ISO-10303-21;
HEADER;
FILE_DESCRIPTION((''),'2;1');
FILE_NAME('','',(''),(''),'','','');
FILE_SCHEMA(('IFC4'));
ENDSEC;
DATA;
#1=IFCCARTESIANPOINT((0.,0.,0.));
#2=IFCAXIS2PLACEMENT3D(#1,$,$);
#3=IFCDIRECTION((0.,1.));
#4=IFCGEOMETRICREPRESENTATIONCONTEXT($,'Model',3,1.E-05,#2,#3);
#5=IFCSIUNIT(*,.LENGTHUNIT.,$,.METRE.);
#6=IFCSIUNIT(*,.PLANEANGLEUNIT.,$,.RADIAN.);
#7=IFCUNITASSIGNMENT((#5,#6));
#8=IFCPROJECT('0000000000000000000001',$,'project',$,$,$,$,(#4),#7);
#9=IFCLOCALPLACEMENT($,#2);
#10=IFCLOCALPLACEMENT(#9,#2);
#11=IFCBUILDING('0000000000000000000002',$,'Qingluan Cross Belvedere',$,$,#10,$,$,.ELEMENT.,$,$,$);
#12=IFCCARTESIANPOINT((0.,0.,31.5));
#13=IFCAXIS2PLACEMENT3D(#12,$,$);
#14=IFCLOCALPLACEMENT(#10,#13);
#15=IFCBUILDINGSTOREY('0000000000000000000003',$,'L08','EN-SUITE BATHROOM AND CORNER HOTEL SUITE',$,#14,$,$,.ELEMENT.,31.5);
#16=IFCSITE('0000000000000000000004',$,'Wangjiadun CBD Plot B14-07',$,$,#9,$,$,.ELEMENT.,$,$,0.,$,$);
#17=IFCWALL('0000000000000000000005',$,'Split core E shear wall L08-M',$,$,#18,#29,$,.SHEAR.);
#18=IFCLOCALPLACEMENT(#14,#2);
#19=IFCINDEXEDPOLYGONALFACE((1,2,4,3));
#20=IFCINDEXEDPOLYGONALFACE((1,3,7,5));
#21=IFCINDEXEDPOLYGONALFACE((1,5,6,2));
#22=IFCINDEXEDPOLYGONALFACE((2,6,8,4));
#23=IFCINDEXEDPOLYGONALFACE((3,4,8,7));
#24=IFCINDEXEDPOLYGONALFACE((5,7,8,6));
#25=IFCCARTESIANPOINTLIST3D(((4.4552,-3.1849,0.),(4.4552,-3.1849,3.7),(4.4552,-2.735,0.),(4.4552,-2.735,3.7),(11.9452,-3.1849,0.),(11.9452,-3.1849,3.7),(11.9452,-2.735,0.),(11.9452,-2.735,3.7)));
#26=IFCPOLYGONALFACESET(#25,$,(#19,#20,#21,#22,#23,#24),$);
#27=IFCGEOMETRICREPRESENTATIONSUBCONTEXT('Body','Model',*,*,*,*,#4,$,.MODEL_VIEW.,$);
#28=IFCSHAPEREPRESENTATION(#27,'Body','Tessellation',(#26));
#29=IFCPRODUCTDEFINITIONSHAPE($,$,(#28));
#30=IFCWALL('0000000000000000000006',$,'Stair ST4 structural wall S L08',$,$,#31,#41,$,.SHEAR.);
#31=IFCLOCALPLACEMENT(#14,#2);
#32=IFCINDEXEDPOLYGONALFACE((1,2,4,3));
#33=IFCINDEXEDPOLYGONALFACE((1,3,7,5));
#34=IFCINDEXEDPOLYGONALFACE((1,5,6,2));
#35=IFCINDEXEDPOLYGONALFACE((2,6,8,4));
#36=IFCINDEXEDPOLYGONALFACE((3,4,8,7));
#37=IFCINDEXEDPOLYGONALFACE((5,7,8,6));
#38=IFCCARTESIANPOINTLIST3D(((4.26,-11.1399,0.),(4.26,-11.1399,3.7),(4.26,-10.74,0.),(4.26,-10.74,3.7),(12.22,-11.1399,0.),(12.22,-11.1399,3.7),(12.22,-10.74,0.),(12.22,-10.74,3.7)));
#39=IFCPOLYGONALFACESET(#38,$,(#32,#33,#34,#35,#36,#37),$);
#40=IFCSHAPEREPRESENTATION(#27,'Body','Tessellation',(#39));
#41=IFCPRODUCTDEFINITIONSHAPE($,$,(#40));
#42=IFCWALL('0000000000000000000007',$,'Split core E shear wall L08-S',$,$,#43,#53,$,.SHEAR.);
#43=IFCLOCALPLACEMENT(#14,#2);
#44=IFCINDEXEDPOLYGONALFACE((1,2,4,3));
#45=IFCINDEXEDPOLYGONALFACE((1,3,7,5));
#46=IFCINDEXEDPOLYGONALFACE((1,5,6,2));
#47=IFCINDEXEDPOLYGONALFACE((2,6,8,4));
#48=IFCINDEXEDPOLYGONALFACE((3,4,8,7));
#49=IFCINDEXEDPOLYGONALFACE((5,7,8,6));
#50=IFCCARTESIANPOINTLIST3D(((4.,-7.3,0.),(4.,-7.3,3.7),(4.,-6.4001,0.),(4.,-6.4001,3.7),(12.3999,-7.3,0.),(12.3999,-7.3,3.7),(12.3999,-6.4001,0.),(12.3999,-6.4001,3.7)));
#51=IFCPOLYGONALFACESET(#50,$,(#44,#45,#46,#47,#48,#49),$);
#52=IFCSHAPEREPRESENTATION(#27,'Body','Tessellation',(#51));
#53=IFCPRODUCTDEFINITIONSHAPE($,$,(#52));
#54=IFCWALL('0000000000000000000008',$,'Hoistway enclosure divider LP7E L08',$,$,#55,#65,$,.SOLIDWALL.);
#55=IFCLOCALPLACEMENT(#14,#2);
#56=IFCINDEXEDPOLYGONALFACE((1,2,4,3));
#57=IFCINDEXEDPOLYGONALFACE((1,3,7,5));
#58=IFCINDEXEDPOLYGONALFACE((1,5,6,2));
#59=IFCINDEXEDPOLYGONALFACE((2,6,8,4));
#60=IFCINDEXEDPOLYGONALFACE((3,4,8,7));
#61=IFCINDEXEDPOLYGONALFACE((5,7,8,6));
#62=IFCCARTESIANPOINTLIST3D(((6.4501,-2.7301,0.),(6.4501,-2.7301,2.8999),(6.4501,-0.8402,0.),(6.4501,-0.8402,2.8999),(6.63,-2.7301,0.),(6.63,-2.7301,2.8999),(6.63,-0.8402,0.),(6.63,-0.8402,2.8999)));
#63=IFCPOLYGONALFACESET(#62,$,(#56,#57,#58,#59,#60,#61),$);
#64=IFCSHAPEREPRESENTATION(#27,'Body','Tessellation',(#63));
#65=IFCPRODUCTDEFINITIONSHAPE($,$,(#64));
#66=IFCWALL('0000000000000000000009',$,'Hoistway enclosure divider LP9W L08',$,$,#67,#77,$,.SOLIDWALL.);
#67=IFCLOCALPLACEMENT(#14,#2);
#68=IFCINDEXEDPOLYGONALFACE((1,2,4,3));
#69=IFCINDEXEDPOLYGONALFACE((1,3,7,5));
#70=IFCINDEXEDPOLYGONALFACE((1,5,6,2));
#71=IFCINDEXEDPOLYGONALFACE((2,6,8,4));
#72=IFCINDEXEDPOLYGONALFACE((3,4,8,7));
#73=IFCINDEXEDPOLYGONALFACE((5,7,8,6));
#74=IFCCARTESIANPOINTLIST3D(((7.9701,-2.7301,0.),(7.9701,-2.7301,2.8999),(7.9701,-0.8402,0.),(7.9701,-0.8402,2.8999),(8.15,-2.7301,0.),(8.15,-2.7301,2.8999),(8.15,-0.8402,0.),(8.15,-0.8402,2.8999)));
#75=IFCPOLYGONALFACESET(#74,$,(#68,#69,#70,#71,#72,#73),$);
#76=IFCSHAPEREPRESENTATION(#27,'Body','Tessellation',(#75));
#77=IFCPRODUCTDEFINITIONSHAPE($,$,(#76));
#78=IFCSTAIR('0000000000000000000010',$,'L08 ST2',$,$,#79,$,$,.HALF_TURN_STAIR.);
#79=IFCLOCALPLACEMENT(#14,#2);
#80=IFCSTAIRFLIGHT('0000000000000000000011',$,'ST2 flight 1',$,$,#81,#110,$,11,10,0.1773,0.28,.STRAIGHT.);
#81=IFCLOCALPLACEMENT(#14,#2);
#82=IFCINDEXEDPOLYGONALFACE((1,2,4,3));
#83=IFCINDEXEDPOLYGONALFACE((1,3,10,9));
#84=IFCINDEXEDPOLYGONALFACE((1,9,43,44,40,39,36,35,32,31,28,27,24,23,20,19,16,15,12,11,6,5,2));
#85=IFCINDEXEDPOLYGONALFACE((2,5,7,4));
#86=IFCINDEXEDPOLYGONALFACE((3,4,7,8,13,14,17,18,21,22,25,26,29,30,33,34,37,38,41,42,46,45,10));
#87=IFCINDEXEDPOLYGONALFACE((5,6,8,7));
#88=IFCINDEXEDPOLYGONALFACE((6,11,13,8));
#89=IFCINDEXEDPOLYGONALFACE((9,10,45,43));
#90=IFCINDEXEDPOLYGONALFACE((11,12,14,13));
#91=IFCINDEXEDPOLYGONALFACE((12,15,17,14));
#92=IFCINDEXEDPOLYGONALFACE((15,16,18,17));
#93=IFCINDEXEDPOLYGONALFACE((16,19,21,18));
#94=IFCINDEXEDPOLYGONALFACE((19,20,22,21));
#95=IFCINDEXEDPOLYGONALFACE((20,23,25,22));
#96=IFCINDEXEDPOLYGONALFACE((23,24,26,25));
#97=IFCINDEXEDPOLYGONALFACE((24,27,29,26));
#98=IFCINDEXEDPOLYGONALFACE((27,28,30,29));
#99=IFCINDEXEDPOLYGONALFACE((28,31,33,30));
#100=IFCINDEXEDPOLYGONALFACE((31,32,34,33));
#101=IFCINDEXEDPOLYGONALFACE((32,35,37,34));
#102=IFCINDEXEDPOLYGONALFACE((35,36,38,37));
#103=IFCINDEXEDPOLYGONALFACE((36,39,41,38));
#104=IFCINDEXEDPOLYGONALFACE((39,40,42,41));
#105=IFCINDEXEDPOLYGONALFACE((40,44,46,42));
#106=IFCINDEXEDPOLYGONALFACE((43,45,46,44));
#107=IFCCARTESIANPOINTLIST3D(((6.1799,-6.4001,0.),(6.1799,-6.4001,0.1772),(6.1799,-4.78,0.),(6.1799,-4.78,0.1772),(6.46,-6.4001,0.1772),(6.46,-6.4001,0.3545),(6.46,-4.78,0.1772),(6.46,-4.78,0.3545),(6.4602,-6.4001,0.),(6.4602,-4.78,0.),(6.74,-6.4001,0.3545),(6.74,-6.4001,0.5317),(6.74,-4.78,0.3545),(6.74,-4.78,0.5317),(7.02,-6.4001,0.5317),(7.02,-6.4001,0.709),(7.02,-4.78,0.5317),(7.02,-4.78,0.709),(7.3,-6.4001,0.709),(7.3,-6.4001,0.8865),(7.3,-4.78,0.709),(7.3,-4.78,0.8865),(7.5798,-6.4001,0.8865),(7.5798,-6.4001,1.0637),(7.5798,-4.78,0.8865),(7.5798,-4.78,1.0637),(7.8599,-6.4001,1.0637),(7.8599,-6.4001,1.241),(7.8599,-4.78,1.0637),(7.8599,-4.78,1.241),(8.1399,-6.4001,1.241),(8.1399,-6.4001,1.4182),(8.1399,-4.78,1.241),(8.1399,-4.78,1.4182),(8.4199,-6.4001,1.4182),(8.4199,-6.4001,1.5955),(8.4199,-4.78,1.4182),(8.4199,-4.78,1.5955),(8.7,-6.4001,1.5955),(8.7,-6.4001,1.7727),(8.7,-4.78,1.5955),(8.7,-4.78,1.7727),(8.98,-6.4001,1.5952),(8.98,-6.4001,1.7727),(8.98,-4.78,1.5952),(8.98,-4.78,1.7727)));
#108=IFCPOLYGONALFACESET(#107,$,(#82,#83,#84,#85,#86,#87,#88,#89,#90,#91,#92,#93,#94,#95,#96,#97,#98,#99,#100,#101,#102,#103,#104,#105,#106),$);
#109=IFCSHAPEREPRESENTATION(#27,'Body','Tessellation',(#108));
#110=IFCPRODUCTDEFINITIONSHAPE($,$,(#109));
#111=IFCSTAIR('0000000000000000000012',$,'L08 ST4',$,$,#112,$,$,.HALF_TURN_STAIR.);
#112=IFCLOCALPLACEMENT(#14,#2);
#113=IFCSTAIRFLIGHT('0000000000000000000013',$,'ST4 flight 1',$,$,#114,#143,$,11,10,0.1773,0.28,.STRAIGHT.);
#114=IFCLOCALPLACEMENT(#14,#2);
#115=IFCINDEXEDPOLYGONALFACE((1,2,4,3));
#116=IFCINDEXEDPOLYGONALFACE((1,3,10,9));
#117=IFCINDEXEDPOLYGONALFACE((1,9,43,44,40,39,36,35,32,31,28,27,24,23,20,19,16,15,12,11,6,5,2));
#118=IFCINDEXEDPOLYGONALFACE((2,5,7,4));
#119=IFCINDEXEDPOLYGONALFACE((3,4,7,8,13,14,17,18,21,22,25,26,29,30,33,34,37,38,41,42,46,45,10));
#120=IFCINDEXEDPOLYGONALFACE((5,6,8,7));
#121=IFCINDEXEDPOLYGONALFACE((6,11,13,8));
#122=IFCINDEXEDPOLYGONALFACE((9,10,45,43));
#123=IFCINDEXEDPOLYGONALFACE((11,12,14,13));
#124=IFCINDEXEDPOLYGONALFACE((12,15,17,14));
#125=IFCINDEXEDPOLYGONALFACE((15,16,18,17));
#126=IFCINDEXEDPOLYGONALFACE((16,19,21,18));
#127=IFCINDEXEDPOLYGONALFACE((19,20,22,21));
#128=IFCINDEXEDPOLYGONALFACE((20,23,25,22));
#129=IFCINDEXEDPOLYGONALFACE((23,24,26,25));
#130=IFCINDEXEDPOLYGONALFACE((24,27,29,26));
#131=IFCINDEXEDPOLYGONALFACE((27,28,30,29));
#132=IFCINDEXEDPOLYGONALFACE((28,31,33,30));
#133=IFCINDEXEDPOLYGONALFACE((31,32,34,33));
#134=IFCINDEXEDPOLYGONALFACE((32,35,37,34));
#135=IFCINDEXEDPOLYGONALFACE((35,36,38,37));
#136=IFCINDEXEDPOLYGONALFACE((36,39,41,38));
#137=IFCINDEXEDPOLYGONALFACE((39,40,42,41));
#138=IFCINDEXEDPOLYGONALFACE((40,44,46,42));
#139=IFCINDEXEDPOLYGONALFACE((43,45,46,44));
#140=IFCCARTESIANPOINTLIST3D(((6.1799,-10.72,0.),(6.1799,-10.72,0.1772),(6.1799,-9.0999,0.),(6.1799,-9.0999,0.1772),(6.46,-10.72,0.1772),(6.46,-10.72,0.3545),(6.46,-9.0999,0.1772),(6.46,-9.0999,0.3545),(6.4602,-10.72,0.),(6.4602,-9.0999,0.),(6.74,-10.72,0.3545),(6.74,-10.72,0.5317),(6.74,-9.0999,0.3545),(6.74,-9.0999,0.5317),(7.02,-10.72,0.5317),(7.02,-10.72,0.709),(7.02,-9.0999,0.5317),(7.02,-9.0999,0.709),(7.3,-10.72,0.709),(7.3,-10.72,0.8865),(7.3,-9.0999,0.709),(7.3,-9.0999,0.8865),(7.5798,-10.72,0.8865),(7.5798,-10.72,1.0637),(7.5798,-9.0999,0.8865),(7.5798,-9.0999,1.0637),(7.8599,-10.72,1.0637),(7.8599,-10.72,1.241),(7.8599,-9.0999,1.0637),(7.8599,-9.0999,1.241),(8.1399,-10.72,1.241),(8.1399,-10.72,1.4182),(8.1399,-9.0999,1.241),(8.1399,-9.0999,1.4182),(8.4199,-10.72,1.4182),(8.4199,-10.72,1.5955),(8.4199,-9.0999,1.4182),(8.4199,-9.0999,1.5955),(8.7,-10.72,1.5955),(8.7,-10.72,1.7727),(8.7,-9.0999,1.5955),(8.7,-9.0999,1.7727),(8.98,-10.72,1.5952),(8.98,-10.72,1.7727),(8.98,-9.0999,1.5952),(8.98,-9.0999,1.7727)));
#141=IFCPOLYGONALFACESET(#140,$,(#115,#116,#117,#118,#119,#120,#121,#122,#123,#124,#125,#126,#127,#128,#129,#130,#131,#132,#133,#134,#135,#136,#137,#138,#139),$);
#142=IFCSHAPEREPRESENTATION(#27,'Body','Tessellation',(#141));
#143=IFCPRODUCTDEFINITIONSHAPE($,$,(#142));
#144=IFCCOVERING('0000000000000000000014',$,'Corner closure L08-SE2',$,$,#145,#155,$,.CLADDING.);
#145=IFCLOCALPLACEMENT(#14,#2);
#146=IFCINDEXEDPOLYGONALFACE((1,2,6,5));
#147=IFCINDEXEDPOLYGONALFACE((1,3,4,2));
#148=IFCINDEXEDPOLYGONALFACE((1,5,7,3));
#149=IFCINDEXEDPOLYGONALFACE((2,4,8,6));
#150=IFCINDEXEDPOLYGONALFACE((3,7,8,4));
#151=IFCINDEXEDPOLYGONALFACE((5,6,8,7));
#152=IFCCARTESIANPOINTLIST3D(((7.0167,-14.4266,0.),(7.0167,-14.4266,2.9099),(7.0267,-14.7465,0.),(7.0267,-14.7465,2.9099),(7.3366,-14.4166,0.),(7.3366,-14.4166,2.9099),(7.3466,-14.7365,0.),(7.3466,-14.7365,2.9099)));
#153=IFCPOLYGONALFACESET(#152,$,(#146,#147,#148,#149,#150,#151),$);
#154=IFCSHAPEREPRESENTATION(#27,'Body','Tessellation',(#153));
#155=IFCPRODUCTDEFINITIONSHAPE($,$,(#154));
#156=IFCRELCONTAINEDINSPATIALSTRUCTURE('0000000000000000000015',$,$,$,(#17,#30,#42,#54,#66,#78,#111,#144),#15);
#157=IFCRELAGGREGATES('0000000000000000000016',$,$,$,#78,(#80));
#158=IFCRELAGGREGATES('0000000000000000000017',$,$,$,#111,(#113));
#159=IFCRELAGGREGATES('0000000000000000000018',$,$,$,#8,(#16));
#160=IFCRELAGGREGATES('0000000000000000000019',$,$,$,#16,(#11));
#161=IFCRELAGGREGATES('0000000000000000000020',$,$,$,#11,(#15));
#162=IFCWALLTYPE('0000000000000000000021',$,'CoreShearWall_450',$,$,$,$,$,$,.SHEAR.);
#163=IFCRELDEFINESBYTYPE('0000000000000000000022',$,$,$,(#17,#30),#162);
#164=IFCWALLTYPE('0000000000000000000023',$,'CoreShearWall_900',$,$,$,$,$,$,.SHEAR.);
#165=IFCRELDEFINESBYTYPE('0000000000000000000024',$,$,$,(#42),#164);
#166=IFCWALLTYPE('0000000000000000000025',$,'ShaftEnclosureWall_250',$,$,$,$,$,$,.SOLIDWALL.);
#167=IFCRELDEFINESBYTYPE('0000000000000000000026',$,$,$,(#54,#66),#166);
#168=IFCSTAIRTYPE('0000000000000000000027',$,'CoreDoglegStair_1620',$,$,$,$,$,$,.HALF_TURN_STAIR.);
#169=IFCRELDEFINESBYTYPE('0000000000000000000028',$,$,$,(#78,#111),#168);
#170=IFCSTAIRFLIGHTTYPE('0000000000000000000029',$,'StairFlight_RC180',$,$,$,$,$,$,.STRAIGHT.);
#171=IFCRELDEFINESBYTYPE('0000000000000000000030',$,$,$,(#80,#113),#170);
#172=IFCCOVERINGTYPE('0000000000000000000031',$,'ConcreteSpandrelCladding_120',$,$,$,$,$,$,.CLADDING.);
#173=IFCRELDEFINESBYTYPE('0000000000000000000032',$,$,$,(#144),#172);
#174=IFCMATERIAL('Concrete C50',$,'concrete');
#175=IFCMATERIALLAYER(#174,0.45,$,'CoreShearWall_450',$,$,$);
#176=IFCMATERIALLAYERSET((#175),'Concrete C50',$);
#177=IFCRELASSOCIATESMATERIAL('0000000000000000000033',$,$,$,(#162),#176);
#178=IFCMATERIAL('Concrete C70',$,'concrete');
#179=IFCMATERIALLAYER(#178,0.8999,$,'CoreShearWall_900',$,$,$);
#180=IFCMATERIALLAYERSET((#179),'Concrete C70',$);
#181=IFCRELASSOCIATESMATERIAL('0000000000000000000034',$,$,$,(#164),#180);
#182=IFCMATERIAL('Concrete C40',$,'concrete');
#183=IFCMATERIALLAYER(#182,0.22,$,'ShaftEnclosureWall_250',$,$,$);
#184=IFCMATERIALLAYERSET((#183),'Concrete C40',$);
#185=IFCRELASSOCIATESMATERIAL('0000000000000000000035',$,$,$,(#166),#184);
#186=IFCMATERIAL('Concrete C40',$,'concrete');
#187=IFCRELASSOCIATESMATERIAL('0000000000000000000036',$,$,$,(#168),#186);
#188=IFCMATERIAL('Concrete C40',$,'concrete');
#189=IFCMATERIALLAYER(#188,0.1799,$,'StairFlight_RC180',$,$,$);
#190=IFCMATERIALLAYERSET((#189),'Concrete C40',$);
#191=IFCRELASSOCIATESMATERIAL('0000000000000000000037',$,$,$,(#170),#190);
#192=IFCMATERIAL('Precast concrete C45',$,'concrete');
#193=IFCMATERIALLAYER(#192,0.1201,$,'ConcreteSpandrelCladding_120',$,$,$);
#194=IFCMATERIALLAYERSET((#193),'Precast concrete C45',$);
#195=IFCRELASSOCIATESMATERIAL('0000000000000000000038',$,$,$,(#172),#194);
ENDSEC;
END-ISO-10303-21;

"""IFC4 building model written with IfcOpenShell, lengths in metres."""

from ifc_helpers import new_model, si_unit, direction, frame, frame_2d, origin, origin_2d, place, context, subcontext, project, spatial, polyline, rectangle, outline, extrude, material, layer, layer_set, type_object, element, aggregate, save


model = new_model("IFC4")

# Units and contexts
model_context = context("Model", 3, precision=1e-05, world=origin(), true_north=direction((0.0, 1.0)))
body_context = subcontext(model_context, "Body", "Model", "MODEL_VIEW")
ifc_project = project(units=[si_unit("LENGTHUNIT", "METRE"), si_unit("PLANEANGLEUNIT", "RADIAN")], contexts=[model_context])

# Site, building, storey
site_placement = place(None, origin())
site = spatial("IfcSite", under=ifc_project, at=site_placement, Name="Wangjiadun CBD Plot B14-07", CompositionType="ELEMENT", RefElevation=0.0)
building_placement = place(site_placement, origin())
building = spatial("IfcBuilding", under=site, at=building_placement, Name="Qingluan Cross Belvedere", CompositionType="ELEMENT")
storey_placement = place(building_placement, frame((0.0, 0.0, 31.5)))
storey = spatial("IfcBuildingStorey", under=building, at=storey_placement, Name="L08", Description="EN-SUITE BATHROOM AND CORNER HOTEL SUITE", CompositionType="ELEMENT", Elevation=31.5)

# Walls
ifc_material_1 = material(Name="Concrete C50", Category="concrete")
ifc_layer_1 = layer(ifc_material_1, 0.45, Name="CoreShearWall_450")
ifc_layer_set_1 = layer_set([ifc_layer_1], Name="Concrete C50")
wall_type_1 = type_object("IfcWallType", Name="CoreShearWall_450", PredefinedType="SHEAR", material=ifc_layer_set_1)
wall_1_placement = place(storey_placement, frame((4.4551, -2.96, 0.0), z_axis=(0.0, 0.0, 1.0), x_axis=(1.0, 0.0, 0.0)))
element("IfcWall", 1, at=wall_1_placement, inside=storey, type_object=wall_type_1, Name="Split core E shear wall L08-M", PredefinedType="SHEAR", context=body_context, shape_type="SweptSolid", body=[
    extrude(rectangle(XDim=7.49, YDim=0.45, at=frame_2d((3.7451, 0.0))), origin(), (0.0, 0.0, 1.0), 3.7),
])
wall_2_placement = place(storey_placement, frame((4.26, -10.9399, 0.0), z_axis=(0.0, 0.0, 1.0), x_axis=(1.0, 0.0, 0.0)))
element("IfcWall", 2, at=wall_2_placement, inside=storey, type_object=wall_type_1, Name="Stair ST4 structural wall S L08", PredefinedType="SHEAR", context=body_context, shape_type="SweptSolid", body=[
    extrude(rectangle(XDim=7.96, YDim=0.3999, at=frame_2d((3.98, 0.0))), origin(), (0.0, 0.0, 1.0), 3.7),
])

# Wall
ifc_material_2 = material(Name="Concrete C70", Category="concrete")
ifc_layer_2 = layer(ifc_material_2, 0.8999, Name="CoreShearWall_900")
ifc_layer_set_2 = layer_set([ifc_layer_2], Name="Concrete C70")
wall_type_2 = type_object("IfcWallType", Name="CoreShearWall_900", PredefinedType="SHEAR", material=ifc_layer_set_2)
wall_3_placement = place(storey_placement, frame((4.0, -6.8501, 0.0), z_axis=(0.0, 0.0, 1.0), x_axis=(1.0, 0.0, 0.0)))
element("IfcWall", 3, at=wall_3_placement, inside=storey, type_object=wall_type_2, Name="Split core E shear wall L08-S", PredefinedType="SHEAR", context=body_context, shape_type="SweptSolid", body=[
    extrude(rectangle(XDim=8.3999, YDim=0.8999, at=frame_2d((4.2, 0.0))), origin(), (0.0, 0.0, 1.0), 3.7),
])

# Walls
ifc_material_3 = material(Name="Concrete C40", Category="concrete")
ifc_layer_3 = layer(ifc_material_3, 0.22, Name="ShaftEnclosureWall_250")
ifc_layer_set_3 = layer_set([ifc_layer_3], Name="Concrete C40")
wall_type_3 = type_object("IfcWallType", Name="ShaftEnclosureWall_250", PredefinedType="SOLIDWALL", material=ifc_layer_set_3)
for number, where, z_axis, x_axis, name in (
    (4, (6.54, -2.73, 0.0), (0.0, 0.0, 1.0), (0.0, 1.0, 0.0), "Hoistway enclosure divider LP7E L08"),
    (5, (8.0601, -2.73, 0.0), (0.0, 0.0, 1.0), (0.0, 1.0, 0.0), "Hoistway enclosure divider LP9W L08"),
):
    element("IfcWall", number, at=place(storey_placement, frame(where, z_axis=z_axis, x_axis=x_axis)), inside=storey, type_object=wall_type_3, Name=name, PredefinedType="SOLIDWALL", context=body_context, shape_type="SweptSolid", body=[
        extrude(rectangle(XDim=1.8899, YDim=0.1799, at=frame_2d((0.9448, 0.0))), origin(), (0.0, 0.0, 1.0), 2.8999),
    ])

# Stairs, stair flights
ifc_material_4 = material(Name="Concrete C40", Category="concrete")
stair_type = type_object("IfcStairType", Name="CoreDoglegStair_1620", PredefinedType="HALF_TURN_STAIR", material=ifc_material_4)
stair_1_placement = place(storey_placement, origin())
stair_1 = element("IfcStair", 6, at=stair_1_placement, inside=storey, type_object=stair_type, Name="L08 ST2", PredefinedType="HALF_TURN_STAIR")
ifc_material_5 = material(Name="Concrete C40", Category="concrete")
ifc_layer_4 = layer(ifc_material_5, 0.1799, Name="StairFlight_RC180")
ifc_layer_set_4 = layer_set([ifc_layer_4], Name="Concrete C40")
stair_flight_type = type_object("IfcStairFlightType", Name="StairFlight_RC180", PredefinedType="STRAIGHT", material=ifc_layer_set_4)
stair_flight_1_placement = place(storey_placement, frame((6.1799, -5.5901, 0.0), z_axis=(0.0, 0.0, 1.0), x_axis=(1.0, 0.0, 0.0)))
stair_flight_1 = element("IfcStairFlight", 7, at=stair_flight_1_placement, type_object=stair_flight_type, Name="ST2 flight 1", NumberOfRisers=11, NumberOfTreads=10, PredefinedType="STRAIGHT", RiserHeight=0.1773, TreadLength=0.28, context=body_context, shape_type="SweptSolid", body=[
    extrude(outline(polyline([(0.0, 0.0), (0.0, 0.1772), (0.28, 0.1772), (0.28, 0.3545), (0.5601, 0.3545), (0.5601, 0.5317), (0.8401, 0.5317), (0.8401, 0.709), (1.1201, 0.709), (1.1201, 0.8865), (1.3999, 0.8865), (1.3999, 1.0637), (1.6799, 1.0637), (1.6799, 1.241), (1.96, 1.241), (1.96, 1.4182), (2.24, 1.4182), (2.24, 1.5955), (2.52, 1.5955), (2.52, 1.7727), (2.8, 1.7727), (2.8, 1.95), (2.8, 1.5952), (0.2803, 0.0), (0.0, 0.0)])), frame((0.0, 0.8101, 0.0), z_axis=(0.0, -1.0, 0.0), x_axis=(1.0, 0.0, 0.0)), (0.0, 0.0, 1.0), 1.6201),
])
aggregate(stair_1, [stair_flight_1])
stair_2_placement = place(storey_placement, origin())
stair_2 = element("IfcStair", 8, at=stair_2_placement, inside=storey, type_object=stair_type, Name="L08 ST4", PredefinedType="HALF_TURN_STAIR")
stair_flight_2_placement = place(storey_placement, frame((6.1799, -9.9099, 0.0), z_axis=(0.0, 0.0, 1.0), x_axis=(1.0, 0.0, 0.0)))
stair_flight_2 = element("IfcStairFlight", 9, at=stair_flight_2_placement, type_object=stair_flight_type, Name="ST4 flight 1", NumberOfRisers=11, NumberOfTreads=10, PredefinedType="STRAIGHT", RiserHeight=0.1773, TreadLength=0.28, context=body_context, shape_type="SweptSolid", body=[
    extrude(outline(polyline([(0.0, 0.0), (0.0, 0.1772), (0.28, 0.1772), (0.28, 0.3545), (0.5601, 0.3545), (0.5601, 0.5317), (0.8401, 0.5317), (0.8401, 0.709), (1.1201, 0.709), (1.1201, 0.8865), (1.3999, 0.8865), (1.3999, 1.0637), (1.6799, 1.0637), (1.6799, 1.241), (1.96, 1.241), (1.96, 1.4182), (2.24, 1.4182), (2.24, 1.5955), (2.52, 1.5955), (2.52, 1.7727), (2.8, 1.7727), (2.8, 1.95), (2.8, 1.5952), (0.2803, 0.0), (0.0, 0.0)])), frame((0.0, 0.8101, 0.0), z_axis=(0.0, -1.0, 0.0), x_axis=(1.0, 0.0, 0.0)), (0.0, 0.0, 1.0), 1.6201),
])
aggregate(stair_2, [stair_flight_2])

# Covering
ifc_material_6 = material(Name="Precast concrete C45", Category="concrete")
ifc_layer_5 = layer(ifc_material_6, 0.1201, Name="ConcreteSpandrelCladding_120")
ifc_layer_set_5 = layer_set([ifc_layer_5], Name="Precast concrete C45")
covering_type = type_object("IfcCoveringType", Name="ConcreteSpandrelCladding_120", PredefinedType="CLADDING", material=ifc_layer_set_5)
covering_placement = place(storey_placement, frame((7.1816, -14.5815, 0.0), z_axis=(0.0, 0.0, 1.0), x_axis=(0.999507, 0.031411, 0.0)))
element("IfcCovering", 10, at=covering_placement, inside=storey, type_object=covering_type, Name="Corner closure L08-SE2", PredefinedType="CLADDING", context=body_context, shape_type="SweptSolid", body=[
    extrude(rectangle(XDim=0.3201, YDim=0.3201, at=origin_2d()), origin(), (0.0, 0.0, 1.0), 2.9099),
])

save(model, "model.ifc")
